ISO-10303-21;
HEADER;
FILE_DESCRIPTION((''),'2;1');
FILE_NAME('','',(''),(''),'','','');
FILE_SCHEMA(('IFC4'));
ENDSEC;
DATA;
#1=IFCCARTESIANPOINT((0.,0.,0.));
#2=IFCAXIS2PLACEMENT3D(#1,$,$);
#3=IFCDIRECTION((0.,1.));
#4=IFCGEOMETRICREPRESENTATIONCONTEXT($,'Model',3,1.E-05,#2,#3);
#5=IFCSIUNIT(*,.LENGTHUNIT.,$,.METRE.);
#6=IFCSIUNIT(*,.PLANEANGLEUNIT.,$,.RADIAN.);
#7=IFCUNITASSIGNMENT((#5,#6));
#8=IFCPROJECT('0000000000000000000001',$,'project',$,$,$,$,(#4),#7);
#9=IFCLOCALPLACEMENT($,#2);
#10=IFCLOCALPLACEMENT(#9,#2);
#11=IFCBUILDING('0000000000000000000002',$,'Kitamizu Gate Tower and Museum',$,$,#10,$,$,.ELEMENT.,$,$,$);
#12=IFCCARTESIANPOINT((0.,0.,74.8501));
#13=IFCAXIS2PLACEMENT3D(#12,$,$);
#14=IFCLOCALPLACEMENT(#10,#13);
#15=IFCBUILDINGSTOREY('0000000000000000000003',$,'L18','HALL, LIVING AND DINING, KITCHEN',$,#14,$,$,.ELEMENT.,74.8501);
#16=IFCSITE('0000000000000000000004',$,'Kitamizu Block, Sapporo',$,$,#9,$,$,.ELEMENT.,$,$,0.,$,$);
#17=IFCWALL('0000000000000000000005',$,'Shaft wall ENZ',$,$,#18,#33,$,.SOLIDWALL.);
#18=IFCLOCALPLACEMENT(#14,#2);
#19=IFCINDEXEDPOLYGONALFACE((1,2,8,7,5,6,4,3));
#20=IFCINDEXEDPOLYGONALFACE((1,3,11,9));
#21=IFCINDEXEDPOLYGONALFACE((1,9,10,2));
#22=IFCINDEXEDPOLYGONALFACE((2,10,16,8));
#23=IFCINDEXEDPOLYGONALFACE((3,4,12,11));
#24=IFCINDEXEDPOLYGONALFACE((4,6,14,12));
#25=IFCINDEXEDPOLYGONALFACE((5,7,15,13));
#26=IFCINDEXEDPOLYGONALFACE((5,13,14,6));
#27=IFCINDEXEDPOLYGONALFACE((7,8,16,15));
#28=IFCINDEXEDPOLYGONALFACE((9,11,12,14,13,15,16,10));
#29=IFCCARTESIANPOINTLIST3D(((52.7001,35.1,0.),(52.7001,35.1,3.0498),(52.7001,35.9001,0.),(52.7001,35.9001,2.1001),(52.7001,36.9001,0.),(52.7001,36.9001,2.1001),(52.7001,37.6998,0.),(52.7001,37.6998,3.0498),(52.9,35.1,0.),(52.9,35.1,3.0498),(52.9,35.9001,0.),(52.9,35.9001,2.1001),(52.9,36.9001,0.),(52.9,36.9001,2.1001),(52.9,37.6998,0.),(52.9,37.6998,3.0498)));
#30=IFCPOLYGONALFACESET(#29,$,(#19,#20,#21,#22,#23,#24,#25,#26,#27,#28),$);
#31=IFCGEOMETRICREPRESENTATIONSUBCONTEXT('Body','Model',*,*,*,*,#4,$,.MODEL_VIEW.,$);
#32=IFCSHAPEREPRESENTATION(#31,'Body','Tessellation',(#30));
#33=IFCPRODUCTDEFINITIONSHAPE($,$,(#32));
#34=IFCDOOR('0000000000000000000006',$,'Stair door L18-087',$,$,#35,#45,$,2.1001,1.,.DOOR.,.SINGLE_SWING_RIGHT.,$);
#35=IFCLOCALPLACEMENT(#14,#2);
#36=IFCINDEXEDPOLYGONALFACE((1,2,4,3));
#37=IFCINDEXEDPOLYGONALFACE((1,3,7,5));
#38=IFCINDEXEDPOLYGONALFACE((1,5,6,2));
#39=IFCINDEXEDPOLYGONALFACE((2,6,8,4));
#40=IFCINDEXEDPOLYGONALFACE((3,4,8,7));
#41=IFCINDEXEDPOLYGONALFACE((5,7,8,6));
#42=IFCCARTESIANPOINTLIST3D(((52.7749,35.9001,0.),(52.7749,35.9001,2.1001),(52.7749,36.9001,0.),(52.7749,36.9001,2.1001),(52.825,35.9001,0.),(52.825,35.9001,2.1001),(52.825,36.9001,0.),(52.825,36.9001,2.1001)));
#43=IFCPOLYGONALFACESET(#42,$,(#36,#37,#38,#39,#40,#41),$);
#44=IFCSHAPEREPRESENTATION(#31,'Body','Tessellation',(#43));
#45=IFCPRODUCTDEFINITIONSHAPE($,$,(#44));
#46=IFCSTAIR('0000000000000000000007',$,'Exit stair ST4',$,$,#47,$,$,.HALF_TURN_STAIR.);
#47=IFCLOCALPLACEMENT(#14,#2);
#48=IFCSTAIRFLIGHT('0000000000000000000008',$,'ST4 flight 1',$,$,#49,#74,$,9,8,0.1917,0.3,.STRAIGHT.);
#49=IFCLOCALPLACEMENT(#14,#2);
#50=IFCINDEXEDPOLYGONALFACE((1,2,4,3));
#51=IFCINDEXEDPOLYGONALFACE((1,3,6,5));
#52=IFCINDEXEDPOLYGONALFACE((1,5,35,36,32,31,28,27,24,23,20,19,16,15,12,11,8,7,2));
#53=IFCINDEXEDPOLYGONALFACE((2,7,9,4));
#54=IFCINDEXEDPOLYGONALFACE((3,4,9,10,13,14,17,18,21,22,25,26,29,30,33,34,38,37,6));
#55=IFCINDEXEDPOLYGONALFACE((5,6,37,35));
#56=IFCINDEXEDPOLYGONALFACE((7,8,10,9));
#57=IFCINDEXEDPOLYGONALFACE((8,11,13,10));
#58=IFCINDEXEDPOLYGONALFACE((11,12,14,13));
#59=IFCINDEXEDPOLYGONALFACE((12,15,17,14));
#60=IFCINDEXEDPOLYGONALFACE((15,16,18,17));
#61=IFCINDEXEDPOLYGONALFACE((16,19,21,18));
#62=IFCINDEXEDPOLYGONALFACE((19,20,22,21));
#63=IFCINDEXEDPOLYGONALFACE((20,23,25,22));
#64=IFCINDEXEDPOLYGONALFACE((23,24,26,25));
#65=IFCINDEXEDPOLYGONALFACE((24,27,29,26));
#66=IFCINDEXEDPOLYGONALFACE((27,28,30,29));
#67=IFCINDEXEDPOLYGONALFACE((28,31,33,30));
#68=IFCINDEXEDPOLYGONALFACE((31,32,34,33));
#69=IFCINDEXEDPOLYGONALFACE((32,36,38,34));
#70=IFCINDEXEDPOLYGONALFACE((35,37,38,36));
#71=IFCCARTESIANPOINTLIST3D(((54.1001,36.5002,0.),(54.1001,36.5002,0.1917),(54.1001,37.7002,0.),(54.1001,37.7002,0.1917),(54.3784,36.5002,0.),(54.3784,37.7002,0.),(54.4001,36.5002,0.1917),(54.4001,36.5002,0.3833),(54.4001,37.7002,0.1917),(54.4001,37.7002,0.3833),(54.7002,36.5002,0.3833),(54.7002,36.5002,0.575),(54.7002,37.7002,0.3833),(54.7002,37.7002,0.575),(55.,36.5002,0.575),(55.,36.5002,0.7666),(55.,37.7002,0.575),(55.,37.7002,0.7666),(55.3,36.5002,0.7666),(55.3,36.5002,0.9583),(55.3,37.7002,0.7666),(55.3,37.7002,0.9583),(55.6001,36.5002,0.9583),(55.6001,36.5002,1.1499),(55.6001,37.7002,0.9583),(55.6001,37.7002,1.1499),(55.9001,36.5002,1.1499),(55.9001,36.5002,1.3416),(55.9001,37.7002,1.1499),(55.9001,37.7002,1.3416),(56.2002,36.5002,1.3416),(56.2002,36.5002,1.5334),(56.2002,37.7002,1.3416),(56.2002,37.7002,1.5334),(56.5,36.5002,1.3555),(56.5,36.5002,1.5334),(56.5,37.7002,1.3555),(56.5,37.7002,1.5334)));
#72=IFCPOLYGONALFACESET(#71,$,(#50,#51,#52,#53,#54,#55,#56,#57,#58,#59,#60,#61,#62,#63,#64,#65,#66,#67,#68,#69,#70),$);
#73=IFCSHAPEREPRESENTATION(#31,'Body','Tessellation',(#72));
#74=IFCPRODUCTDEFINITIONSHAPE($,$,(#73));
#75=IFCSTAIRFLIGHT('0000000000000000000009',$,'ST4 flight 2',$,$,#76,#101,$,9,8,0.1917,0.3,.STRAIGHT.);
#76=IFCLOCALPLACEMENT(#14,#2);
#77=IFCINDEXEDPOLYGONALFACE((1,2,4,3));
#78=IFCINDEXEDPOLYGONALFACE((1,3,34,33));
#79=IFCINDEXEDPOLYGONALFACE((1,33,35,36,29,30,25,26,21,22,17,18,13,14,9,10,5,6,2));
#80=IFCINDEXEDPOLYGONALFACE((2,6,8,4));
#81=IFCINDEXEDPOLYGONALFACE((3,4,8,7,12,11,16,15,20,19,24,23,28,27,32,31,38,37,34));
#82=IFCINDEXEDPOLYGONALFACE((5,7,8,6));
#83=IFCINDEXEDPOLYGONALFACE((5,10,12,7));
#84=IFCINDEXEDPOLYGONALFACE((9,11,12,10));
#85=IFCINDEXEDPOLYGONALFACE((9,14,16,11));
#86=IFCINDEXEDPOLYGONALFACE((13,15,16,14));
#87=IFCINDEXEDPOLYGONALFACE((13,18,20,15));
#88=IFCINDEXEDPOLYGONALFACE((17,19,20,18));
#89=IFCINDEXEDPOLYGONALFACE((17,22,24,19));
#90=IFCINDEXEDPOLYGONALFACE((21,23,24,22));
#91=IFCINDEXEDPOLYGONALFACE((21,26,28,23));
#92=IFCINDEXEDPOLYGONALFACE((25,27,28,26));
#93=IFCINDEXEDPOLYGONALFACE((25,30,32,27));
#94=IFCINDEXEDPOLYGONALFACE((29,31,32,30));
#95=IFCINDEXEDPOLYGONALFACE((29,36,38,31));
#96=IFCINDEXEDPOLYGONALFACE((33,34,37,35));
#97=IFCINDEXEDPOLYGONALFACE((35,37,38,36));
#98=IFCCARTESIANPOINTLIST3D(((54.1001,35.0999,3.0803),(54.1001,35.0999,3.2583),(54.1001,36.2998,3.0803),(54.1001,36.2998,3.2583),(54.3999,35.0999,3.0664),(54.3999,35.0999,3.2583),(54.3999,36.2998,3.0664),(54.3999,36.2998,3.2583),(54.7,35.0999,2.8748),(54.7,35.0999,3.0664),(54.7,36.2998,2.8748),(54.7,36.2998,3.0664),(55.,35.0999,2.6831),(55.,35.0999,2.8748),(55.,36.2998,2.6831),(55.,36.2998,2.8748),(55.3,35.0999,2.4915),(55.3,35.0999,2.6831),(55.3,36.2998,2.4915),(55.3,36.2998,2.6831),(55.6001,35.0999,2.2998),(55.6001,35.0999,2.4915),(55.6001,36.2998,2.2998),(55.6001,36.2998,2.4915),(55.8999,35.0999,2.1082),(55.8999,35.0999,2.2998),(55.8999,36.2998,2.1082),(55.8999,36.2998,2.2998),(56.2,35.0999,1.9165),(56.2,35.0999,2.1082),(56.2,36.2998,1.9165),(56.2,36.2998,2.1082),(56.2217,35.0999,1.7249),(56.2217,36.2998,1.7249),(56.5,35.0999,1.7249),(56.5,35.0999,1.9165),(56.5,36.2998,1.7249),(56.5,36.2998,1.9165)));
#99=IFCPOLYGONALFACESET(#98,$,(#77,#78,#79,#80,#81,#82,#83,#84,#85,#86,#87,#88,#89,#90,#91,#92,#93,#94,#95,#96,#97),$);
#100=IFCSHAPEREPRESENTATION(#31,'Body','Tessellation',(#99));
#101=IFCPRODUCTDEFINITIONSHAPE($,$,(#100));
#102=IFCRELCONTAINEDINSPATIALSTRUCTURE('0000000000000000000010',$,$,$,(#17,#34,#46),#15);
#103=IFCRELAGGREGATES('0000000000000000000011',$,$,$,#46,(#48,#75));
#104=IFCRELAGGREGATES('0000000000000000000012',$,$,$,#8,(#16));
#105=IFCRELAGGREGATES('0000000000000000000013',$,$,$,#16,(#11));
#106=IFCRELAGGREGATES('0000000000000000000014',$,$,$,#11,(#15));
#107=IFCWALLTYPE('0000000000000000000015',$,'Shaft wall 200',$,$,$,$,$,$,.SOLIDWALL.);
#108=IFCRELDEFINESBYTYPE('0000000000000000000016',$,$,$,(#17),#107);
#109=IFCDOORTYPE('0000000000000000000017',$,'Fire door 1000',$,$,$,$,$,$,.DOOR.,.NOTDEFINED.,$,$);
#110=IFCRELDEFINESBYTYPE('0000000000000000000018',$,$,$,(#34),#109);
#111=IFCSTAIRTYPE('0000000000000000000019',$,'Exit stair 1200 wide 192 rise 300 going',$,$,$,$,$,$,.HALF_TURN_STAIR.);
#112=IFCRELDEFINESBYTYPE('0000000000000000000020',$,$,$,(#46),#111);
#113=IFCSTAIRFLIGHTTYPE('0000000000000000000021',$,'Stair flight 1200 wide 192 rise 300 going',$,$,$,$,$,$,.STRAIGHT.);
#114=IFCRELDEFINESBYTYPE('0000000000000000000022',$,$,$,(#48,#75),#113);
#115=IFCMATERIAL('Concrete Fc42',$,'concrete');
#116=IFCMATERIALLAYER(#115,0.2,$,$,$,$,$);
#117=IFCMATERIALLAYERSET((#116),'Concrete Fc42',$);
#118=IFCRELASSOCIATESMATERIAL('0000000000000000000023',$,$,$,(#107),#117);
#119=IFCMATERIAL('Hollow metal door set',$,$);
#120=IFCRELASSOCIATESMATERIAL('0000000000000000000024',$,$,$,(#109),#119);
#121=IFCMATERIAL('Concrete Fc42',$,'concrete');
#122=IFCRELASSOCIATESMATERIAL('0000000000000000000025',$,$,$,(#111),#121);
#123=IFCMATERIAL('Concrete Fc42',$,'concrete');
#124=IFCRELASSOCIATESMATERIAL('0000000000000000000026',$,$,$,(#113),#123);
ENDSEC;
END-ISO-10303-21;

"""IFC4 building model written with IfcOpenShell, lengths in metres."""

from ifc_helpers import new_model, si_unit, direction, frame, frame_2d, origin, place, context, subcontext, project, spatial, polyline, rectangle, outline, extrude, material, layer, layer_set, type_object, element, fill, aggregate, save


model = new_model("IFC4")

# Units and contexts
model_context = context("Model", 3, precision=1e-05, world=origin(), true_north=direction((0.0, 1.0)))
body_context = subcontext(model_context, "Body", "Model", "MODEL_VIEW")
ifc_project = project(units=[si_unit("LENGTHUNIT", "METRE"), si_unit("PLANEANGLEUNIT", "RADIAN")], contexts=[model_context])

# Site, building, storey
site_placement = place(None, origin())
site = spatial("IfcSite", under=ifc_project, at=site_placement, Name="Kitamizu Block, Sapporo", CompositionType="ELEMENT", RefElevation=0.0)
building_placement = place(site_placement, origin())
building = spatial("IfcBuilding", under=site, at=building_placement, Name="Kitamizu Gate Tower and Museum", CompositionType="ELEMENT")
storey_placement = place(building_placement, frame((0.0, 0.0, 74.8501)))
storey = spatial("IfcBuildingStorey", under=building, at=storey_placement, Name="L18", Description="HALL, LIVING AND DINING, KITCHEN", CompositionType="ELEMENT", Elevation=74.8501)

# Shared definitions
ifc_material_1 = material(Name="Concrete Fc42", Category="concrete")
ifc_layer_1 = layer(ifc_material_1, 0.2)
ifc_layer_set_1 = layer_set([ifc_layer_1], Name="Concrete Fc42")
wall_type_1 = type_object("IfcWallType", Name="Shaft wall 200", PredefinedType="SOLIDWALL", material=ifc_layer_set_1)

# Wall, opening, door
wall_1_placement = place(storey_placement, frame((52.8, 35.1001, 0.0), z_axis=(0.0, 0.0, 1.0), x_axis=(0.0, 1.0, 0.0)))
wall_1 = element("IfcWall", 1, at=wall_1_placement, inside=storey, type_object=wall_type_1, Name="Shaft wall ENZ", PredefinedType="SOLIDWALL", context=body_context, shape_type="SweptSolid", body=[
    extrude(rectangle(XDim=2.5999, YDim=0.2, at=frame_2d((1.2998, 0.0))), origin(), (0.0, 0.0, 1.0), 3.0498),
])
opening_1_placement = place(wall_1_placement, frame((0.8, 0.0, 0.0)))
opening_1 = element("IfcOpeningElement", 2, at=opening_1_placement, cuts=wall_1, PredefinedType="OPENING", context=body_context, shape_type="SweptSolid", body=[
    extrude(rectangle(XDim=1.0, YDim=2.1001, at=frame_2d((0.5, 1.05))), frame((0.0, 0.1099, 0.0), z_axis=(0.0, -1.0, 0.0), x_axis=(1.0, 0.0, 0.0)), (0.0, 0.0, 1.0), 0.22),
])
ifc_material_2 = material(Name="Hollow metal door set")
door_type_1 = type_object("IfcDoorType", Name="Fire door 1000", OperationType="NOTDEFINED", PredefinedType="DOOR", material=ifc_material_2)
door_1_placement = place(opening_1_placement, frame((1.0, 0.0, 0.0), x_axis=(-1.0, 0.0, 0.0)))
door_1 = element("IfcDoor", 3, at=door_1_placement, inside=storey, type_object=door_type_1, Name="Stair door L18-087", OperationType="SINGLE_SWING_RIGHT", OverallHeight=2.1001, OverallWidth=1.0, PredefinedType="DOOR", context=body_context, shape_type="SweptSolid", body=[
    extrude(rectangle(XDim=1.0, YDim=2.1001, at=frame_2d((0.5, 1.05))), frame((0.0, 0.0249, 0.0), z_axis=(0.0, -1.0, 0.0), x_axis=(1.0, 0.0, 0.0)), (0.0, 0.0, 1.0), 0.05),
])
fill(opening_1, door_1)

# Stair, stair flights
ifc_material_3 = material(Name="Concrete Fc42", Category="concrete")
stair_type = type_object("IfcStairType", Name="Exit stair 1200 wide 192 rise 300 going", PredefinedType="HALF_TURN_STAIR", material=ifc_material_3)
stair_placement = place(storey_placement, origin())
stair = element("IfcStair", 4, at=stair_placement, inside=storey, type_object=stair_type, Name="Exit stair ST4", PredefinedType="HALF_TURN_STAIR")
ifc_material_4 = material(Name="Concrete Fc42", Category="concrete")
stair_flight_type = type_object("IfcStairFlightType", Name="Stair flight 1200 wide 192 rise 300 going", PredefinedType="STRAIGHT", material=ifc_material_4)
stair_flight_1_placement = place(storey_placement, frame((54.1001, 37.1001, 0.0), z_axis=(0.0, 0.0, 1.0), x_axis=(1.0, 0.0, 0.0)))
stair_flight_1 = element("IfcStairFlight", 5, at=stair_flight_1_placement, type_object=stair_flight_type, Name="ST4 flight 1", NumberOfRisers=9, NumberOfTreads=8, PredefinedType="STRAIGHT", RiserHeight=0.1917, TreadLength=0.3, context=body_context, shape_type="SweptSolid", body=[
    extrude(outline(polyline([(0.0, 0.0), (0.0, 0.1917), (0.3, 0.1917), (0.3, 0.3833), (0.6001, 0.3833), (0.6001, 0.575), (0.8999, 0.575), (0.8999, 0.7666), (1.2, 0.7666), (1.2, 0.9583), (1.5, 0.9583), (1.5, 1.1499), (1.8, 1.1499), (1.8, 1.3416), (2.1001, 1.3416), (2.1001, 1.5334), (2.3999, 1.5334), (2.3999, 1.7251), (2.3999, 1.3555), (0.2783, 0.0), (0.0, 0.0)])), frame((0.0, 0.6001, 0.0), z_axis=(0.0, -1.0, 0.0), x_axis=(1.0, 0.0, 0.0)), (0.0, 0.0, 1.0), 1.2),
])
stair_flight_2_placement = place(storey_placement, frame((56.5, 35.7, 1.7249), z_axis=(0.0, 0.0, 1.0), x_axis=(-1.0, 0.0, 0.0)))
stair_flight_2 = element("IfcStairFlight", 6, at=stair_flight_2_placement, type_object=stair_flight_type, Name="ST4 flight 2", NumberOfRisers=9, NumberOfTreads=8, PredefinedType="STRAIGHT", RiserHeight=0.1917, TreadLength=0.3, context=body_context, shape_type="SweptSolid", body=[
    extrude(outline(polyline([(0.0, 0.0), (0.0, 0.1917), (0.3, 0.1917), (0.3, 0.3833), (0.6001, 0.3833), (0.6001, 0.575), (0.8999, 0.575), (0.8999, 0.7666), (1.2, 0.7666), (1.2, 0.9583), (1.5, 0.9583), (1.5, 1.1499), (1.8, 1.1499), (1.8, 1.3416), (2.1001, 1.3416), (2.1001, 1.5334), (2.3999, 1.5334), (2.3999, 1.7251), (2.3999, 1.3555), (0.2783, 0.0), (0.0, 0.0)])), frame((0.0, 0.6001, 0.0), z_axis=(0.0, -1.0, 0.0), x_axis=(1.0, 0.0, 0.0)), (0.0, 0.0, 1.0), 1.2),
])
aggregate(stair, [stair_flight_1, stair_flight_2])

save(model, "model.ifc")
